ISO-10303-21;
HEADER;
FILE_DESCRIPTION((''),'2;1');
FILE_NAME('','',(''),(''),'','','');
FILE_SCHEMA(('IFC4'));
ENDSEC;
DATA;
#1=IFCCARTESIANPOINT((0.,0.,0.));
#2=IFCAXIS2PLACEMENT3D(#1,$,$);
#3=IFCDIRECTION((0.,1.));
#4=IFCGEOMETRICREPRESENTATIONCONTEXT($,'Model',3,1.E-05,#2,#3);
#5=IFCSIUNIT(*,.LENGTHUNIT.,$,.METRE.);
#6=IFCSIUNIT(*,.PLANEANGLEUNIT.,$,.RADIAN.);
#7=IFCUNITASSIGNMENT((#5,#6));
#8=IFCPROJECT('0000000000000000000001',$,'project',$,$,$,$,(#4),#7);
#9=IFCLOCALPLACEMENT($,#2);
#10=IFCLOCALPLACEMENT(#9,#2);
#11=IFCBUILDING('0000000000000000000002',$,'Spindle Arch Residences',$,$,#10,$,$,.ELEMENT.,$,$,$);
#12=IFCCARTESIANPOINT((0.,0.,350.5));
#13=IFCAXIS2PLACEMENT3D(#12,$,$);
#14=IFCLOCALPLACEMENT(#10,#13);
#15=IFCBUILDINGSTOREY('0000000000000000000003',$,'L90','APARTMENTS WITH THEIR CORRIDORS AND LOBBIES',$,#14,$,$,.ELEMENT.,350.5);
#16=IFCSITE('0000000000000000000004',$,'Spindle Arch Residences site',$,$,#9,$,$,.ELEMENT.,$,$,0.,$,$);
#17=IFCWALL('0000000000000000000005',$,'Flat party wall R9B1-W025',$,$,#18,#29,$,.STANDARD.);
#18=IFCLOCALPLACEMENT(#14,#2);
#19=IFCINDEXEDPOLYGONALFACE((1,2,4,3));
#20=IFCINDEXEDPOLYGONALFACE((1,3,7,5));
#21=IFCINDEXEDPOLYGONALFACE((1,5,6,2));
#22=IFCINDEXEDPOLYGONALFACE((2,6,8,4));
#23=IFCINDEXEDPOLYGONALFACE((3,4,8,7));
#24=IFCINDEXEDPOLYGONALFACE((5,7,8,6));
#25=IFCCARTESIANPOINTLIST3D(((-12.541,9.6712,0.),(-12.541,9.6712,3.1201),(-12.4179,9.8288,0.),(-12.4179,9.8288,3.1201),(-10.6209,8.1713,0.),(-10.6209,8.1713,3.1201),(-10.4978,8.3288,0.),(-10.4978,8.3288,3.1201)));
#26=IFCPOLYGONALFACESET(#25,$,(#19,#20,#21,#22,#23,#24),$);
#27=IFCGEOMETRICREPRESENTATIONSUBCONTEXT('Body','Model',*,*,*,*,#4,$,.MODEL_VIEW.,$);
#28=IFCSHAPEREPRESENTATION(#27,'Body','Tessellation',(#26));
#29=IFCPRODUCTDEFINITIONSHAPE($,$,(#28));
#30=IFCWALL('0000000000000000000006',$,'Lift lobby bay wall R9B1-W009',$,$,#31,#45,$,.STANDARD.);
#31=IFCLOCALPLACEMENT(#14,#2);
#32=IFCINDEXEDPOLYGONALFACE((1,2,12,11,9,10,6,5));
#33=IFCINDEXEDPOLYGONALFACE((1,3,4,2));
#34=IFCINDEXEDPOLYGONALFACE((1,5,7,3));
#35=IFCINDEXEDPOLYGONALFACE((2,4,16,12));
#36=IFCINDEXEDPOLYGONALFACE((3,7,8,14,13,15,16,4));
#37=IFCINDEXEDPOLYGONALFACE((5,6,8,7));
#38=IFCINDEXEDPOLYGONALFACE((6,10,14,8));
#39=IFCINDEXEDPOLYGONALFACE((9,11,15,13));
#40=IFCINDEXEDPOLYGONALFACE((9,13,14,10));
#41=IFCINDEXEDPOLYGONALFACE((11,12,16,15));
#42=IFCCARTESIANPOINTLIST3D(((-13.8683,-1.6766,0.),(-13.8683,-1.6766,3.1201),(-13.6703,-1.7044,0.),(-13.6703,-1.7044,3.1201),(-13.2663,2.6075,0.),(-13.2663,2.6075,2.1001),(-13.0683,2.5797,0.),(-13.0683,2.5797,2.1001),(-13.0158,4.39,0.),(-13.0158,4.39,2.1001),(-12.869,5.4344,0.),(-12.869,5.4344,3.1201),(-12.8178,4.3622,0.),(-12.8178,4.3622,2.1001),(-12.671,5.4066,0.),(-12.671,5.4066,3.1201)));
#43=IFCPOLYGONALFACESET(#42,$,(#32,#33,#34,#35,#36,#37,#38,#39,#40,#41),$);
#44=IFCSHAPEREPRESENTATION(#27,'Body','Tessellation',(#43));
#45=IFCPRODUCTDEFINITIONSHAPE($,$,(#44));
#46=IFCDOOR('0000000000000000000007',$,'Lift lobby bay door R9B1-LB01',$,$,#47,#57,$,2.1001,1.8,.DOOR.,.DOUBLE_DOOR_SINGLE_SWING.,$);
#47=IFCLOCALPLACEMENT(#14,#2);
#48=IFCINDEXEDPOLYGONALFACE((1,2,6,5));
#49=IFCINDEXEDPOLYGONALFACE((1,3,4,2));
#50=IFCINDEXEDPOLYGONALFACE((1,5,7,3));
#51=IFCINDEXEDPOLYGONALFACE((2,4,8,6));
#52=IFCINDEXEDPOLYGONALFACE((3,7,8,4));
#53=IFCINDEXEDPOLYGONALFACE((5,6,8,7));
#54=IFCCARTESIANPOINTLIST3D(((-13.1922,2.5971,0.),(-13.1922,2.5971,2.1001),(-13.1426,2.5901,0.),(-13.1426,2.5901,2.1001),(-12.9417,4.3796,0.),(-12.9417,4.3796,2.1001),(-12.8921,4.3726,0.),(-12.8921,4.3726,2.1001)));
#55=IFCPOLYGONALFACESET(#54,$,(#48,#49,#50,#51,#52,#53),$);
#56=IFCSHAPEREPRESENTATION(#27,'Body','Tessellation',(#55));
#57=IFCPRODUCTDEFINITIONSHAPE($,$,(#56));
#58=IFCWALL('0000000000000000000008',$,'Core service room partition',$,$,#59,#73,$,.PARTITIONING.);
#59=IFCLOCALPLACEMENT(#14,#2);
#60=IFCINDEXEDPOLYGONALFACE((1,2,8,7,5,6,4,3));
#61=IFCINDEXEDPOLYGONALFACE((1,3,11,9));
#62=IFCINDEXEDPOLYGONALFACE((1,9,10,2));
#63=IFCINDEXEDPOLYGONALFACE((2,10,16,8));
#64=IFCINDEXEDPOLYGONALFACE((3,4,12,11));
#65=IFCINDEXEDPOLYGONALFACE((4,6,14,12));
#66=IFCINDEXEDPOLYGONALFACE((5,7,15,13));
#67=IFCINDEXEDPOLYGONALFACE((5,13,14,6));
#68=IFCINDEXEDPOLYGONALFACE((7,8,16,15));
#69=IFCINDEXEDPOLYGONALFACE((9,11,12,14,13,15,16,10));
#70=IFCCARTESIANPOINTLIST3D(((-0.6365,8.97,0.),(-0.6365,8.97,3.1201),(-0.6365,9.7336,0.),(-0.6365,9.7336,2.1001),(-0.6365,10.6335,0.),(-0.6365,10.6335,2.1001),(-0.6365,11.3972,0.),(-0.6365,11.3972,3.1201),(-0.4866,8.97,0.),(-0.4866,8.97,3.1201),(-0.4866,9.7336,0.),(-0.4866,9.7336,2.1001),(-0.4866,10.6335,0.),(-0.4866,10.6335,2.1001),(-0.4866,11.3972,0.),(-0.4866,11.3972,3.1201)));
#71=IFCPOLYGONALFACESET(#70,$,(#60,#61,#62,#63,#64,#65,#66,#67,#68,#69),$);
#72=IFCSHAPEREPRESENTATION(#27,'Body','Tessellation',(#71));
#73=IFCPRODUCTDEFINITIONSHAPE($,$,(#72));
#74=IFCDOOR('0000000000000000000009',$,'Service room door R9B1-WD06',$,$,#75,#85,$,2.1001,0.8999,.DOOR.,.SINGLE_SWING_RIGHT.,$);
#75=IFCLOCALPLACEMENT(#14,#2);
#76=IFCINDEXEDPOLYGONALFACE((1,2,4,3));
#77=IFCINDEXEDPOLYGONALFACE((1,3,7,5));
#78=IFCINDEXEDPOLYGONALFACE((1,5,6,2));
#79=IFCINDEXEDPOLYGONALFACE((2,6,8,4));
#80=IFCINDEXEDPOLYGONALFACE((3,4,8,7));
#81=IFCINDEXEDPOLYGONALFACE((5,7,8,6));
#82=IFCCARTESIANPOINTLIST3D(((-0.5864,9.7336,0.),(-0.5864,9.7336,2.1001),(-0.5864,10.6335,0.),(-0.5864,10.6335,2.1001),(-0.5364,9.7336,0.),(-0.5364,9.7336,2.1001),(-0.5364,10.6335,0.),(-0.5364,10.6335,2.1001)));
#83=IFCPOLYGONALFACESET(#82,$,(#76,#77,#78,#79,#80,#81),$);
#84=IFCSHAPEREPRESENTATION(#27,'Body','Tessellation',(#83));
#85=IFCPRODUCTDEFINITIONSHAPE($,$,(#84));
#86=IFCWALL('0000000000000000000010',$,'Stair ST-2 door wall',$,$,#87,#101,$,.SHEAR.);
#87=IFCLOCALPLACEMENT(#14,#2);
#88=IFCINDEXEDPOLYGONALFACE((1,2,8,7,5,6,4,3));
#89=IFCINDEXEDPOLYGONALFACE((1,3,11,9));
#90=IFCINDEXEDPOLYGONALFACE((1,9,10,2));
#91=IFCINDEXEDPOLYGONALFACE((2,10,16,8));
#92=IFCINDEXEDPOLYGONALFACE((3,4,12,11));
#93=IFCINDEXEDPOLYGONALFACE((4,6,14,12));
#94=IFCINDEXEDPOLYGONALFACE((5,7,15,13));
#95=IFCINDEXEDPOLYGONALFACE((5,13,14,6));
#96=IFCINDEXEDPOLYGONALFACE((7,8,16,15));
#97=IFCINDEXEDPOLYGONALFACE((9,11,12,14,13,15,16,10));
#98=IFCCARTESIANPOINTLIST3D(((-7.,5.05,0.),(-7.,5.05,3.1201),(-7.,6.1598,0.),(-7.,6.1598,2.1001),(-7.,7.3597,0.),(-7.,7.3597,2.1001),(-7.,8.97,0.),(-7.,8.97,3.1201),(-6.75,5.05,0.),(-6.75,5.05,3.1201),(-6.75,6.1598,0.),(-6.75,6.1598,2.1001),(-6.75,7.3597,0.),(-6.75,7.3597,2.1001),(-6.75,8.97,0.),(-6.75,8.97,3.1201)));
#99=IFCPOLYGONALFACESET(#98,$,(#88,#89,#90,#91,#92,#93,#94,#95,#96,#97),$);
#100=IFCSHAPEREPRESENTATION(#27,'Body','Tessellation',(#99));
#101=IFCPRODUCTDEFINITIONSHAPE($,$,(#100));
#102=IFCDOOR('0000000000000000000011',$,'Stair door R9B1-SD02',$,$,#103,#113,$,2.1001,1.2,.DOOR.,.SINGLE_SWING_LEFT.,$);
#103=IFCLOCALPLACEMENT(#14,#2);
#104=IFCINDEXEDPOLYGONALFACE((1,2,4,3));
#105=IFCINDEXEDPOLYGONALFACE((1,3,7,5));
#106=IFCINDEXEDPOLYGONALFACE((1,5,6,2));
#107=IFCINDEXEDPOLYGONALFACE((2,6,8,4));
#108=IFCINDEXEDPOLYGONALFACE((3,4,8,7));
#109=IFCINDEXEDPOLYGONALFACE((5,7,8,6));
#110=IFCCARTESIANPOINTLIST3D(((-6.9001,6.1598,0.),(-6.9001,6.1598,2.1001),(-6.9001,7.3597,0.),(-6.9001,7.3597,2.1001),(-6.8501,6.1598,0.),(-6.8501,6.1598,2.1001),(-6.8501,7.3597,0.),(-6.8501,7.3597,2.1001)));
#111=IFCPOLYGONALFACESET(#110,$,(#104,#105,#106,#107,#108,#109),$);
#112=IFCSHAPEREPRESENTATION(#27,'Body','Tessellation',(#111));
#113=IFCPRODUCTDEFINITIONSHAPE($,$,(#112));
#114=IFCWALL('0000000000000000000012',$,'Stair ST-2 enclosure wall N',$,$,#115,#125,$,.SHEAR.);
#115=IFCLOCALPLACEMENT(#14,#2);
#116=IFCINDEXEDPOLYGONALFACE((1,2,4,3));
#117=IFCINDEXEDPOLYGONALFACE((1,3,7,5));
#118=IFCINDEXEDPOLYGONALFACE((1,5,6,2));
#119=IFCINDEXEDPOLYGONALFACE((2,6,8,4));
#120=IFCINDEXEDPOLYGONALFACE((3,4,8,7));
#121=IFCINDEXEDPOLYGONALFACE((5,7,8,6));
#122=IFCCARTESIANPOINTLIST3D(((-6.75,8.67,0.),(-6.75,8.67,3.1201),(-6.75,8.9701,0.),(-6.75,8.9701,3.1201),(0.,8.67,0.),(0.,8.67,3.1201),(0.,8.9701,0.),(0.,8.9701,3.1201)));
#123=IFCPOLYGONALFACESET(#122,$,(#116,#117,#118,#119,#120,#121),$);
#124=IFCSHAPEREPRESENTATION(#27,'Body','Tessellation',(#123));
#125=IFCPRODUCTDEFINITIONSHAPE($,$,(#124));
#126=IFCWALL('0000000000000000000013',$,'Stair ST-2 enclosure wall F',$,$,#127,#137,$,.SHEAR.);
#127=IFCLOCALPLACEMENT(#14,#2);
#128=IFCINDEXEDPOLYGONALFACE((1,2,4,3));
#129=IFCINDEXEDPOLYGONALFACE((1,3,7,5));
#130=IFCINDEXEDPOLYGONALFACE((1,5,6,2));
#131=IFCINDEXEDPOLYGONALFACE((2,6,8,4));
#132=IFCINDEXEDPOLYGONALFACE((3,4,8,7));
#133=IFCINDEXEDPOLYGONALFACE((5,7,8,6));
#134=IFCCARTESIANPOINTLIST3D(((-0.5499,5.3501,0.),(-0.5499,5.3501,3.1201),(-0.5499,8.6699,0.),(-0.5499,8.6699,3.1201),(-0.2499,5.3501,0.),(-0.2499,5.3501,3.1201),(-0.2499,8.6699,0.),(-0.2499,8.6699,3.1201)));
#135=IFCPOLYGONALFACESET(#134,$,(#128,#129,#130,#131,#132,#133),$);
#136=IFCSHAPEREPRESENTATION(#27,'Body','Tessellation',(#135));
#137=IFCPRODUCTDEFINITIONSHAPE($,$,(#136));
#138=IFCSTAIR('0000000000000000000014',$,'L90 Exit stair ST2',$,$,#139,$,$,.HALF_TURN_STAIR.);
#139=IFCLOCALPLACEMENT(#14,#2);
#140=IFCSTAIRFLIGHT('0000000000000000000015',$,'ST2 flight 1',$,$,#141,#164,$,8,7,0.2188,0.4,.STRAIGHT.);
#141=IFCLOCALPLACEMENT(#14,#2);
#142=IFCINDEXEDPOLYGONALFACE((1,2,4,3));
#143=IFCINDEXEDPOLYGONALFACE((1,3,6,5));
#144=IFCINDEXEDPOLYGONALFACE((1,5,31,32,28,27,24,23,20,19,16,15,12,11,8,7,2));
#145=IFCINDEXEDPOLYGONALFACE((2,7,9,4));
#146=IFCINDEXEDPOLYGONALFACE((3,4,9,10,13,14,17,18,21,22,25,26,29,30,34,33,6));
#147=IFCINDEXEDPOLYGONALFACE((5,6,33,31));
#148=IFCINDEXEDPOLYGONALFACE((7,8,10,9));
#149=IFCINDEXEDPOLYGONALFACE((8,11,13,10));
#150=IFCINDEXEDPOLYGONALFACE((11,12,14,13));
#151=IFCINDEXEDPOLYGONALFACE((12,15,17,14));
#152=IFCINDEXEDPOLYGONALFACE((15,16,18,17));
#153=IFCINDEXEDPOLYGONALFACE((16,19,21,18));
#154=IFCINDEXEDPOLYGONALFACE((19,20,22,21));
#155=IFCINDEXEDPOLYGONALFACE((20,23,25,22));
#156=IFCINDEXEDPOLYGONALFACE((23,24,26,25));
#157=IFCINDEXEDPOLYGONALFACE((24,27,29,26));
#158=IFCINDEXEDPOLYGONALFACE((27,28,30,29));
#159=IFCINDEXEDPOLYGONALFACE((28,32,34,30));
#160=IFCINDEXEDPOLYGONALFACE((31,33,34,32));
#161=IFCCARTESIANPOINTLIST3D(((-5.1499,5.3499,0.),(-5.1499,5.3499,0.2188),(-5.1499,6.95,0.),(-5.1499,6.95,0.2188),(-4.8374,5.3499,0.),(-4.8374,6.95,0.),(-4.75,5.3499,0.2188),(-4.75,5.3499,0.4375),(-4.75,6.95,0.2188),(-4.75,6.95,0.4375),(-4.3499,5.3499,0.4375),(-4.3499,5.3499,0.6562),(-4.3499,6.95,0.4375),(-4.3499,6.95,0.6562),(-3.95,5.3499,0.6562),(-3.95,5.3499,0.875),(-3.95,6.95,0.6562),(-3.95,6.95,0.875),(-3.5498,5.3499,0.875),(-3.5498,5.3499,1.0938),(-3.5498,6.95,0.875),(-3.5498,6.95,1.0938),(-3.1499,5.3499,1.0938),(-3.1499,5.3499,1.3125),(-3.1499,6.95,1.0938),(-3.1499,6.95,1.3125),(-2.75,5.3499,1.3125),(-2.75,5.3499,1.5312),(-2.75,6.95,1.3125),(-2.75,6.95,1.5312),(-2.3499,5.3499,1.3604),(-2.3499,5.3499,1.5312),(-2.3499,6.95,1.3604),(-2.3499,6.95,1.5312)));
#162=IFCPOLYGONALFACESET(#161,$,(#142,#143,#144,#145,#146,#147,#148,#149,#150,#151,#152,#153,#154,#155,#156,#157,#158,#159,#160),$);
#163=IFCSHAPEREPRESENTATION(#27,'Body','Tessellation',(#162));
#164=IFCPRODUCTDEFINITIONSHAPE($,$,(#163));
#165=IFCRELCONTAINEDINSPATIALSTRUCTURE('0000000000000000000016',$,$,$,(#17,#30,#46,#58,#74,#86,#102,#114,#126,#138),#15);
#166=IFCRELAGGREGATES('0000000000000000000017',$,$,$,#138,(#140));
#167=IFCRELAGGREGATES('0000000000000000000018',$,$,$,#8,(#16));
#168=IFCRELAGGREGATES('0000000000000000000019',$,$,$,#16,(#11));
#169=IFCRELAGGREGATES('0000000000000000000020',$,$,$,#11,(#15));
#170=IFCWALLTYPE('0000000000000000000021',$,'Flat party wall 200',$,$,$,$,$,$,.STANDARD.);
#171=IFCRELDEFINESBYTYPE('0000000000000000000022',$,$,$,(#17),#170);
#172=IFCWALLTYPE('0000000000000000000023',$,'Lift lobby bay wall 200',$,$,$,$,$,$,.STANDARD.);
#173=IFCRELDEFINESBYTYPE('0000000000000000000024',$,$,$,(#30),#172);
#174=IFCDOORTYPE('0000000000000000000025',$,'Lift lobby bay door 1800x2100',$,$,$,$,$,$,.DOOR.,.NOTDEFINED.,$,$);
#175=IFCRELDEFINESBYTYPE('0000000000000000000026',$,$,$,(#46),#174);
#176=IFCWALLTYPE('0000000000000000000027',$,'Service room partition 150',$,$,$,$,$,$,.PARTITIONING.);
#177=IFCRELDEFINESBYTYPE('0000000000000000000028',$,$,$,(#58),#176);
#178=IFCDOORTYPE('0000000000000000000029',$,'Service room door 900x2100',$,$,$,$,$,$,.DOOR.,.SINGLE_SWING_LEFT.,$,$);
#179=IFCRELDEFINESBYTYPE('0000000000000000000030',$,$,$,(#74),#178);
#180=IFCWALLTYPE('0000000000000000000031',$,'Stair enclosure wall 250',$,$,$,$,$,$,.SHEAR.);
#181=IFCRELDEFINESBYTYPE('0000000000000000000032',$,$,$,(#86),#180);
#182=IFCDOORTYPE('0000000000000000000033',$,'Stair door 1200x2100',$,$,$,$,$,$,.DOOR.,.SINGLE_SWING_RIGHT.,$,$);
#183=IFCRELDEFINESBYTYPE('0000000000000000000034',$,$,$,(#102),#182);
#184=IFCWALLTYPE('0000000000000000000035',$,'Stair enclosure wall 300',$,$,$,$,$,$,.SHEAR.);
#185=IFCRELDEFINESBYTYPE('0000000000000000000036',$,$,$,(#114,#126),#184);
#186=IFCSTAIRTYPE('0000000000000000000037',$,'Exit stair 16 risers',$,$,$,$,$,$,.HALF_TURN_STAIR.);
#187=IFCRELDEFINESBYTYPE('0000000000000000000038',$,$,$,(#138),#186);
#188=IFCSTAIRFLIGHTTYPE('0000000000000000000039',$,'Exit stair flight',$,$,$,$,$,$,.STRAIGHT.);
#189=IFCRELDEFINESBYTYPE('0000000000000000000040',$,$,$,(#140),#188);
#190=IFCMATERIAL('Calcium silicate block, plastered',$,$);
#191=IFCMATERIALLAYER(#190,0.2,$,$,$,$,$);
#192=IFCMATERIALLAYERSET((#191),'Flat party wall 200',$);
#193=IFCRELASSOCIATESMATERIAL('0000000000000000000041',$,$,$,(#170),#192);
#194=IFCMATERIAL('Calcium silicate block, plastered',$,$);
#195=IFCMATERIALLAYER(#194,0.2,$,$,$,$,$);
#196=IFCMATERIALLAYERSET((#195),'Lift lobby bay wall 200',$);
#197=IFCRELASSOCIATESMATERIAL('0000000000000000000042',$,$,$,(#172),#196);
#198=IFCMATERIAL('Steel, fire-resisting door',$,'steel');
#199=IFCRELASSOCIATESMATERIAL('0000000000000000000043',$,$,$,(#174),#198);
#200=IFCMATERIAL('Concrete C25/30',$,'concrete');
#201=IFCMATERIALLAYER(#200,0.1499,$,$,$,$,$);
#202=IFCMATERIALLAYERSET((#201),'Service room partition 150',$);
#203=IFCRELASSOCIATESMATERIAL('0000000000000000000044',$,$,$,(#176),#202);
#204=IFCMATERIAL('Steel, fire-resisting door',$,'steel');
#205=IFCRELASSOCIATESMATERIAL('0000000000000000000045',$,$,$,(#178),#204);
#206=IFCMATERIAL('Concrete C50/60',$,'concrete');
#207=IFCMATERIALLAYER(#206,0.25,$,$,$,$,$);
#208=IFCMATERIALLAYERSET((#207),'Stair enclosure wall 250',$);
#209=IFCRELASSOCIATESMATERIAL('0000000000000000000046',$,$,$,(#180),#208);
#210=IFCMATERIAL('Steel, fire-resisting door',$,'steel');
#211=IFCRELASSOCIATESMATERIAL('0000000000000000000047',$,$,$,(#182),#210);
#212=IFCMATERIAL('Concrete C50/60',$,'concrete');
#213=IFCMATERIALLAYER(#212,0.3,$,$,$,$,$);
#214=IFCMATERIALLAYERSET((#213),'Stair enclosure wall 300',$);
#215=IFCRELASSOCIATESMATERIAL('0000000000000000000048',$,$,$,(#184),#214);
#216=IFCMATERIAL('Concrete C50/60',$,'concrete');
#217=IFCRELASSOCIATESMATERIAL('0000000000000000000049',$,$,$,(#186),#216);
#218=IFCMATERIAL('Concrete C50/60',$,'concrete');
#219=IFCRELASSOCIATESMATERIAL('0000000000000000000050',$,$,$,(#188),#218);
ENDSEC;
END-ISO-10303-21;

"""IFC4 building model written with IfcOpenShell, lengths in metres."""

from ifc_helpers import new_model, si_unit, direction, frame, frame_2d, origin, place, context, subcontext, project, spatial, polyline, rectangle, outline, extrude, material, layer, layer_set, type_object, element, fill, aggregate, save


model = new_model("IFC4")

# Units and contexts
model_context = context("Model", 3, precision=1e-05, world=origin(), true_north=direction((0.0, 1.0)))
body_context = subcontext(model_context, "Body", "Model", "MODEL_VIEW")
ifc_project = project(units=[si_unit("LENGTHUNIT", "METRE"), si_unit("PLANEANGLEUNIT", "RADIAN")], contexts=[model_context])

# Site, building, storey
site_placement = place(None, origin())
site = spatial("IfcSite", under=ifc_project, at=site_placement, Name="Spindle Arch Residences site", CompositionType="ELEMENT", RefElevation=0.0)
building_placement = place(site_placement, origin())
building = spatial("IfcBuilding", under=site, at=building_placement, Name="Spindle Arch Residences", CompositionType="ELEMENT")
storey_placement = place(building_placement, frame((0.0, 0.0, 350.5)))
storey = spatial("IfcBuildingStorey", under=building, at=storey_placement, Name="L90", Description="APARTMENTS WITH THEIR CORRIDORS AND LOBBIES", CompositionType="ELEMENT", Elevation=350.5)

# Wall
ifc_material_1 = material(Name="Calcium silicate block, plastered")
ifc_layer_1 = layer(ifc_material_1, 0.2)
ifc_layer_set_1 = layer_set([ifc_layer_1], Name="Flat party wall 200")
wall_type_1 = type_object("IfcWallType", Name="Flat party wall 200", PredefinedType="STANDARD", material=ifc_layer_set_1)
wall_1_placement = place(storey_placement, frame((-12.4795, 9.75, 0.0), z_axis=(0.0, 0.0, 1.0), x_axis=(0.78805, -0.615611, 0.0)))
element("IfcWall", 1, at=wall_1_placement, inside=storey, type_object=wall_type_1, Name="Flat party wall R9B1-W025", PredefinedType="STANDARD", context=body_context, shape_type="SweptSolid", body=[
    extrude(rectangle(XDim=2.4365, YDim=0.2, at=frame_2d((1.2183, 0.0))), origin(), (0.0, 0.0, 1.0), 3.1201),
])

# Walls, openings, doors
ifc_material_2 = material(Name="Calcium silicate block, plastered")
ifc_layer_2 = layer(ifc_material_2, 0.2)
ifc_layer_set_2 = layer_set([ifc_layer_2], Name="Lift lobby bay wall 200")
wall_type_2 = type_object("IfcWallType", Name="Lift lobby bay wall 200", PredefinedType="STANDARD", material=ifc_layer_set_2)
wall_2_placement = place(storey_placement, frame((-12.77, 5.4204, 0.0), z_axis=(0.0, 0.0, 1.0), x_axis=(-0.139155, -0.990271, 0.0)))
wall_2 = element("IfcWall", 2, at=wall_2_placement, inside=storey, type_object=wall_type_2, Name="Lift lobby bay wall R9B1-W009", PredefinedType="STANDARD", context=body_context, shape_type="SweptSolid", body=[
    extrude(rectangle(XDim=7.1809, YDim=0.2, at=frame_2d((3.5903, 0.0))), origin(), (0.0, 0.0, 1.0), 3.1201),
])
opening_1_placement = place(wall_2_placement, frame((1.0547, 0.0, 0.0)))
opening_1 = element("IfcOpeningElement", 3, at=opening_1_placement, cuts=wall_2, PredefinedType="OPENING", context=body_context, shape_type="SweptSolid", body=[
    extrude(rectangle(XDim=1.8, YDim=2.1001, at=frame_2d((0.8999, 1.05))), frame((0.0, 0.1099, 0.0), z_axis=(0.0, -1.0, 0.0), x_axis=(1.0, 0.0, 0.0)), (0.0, 0.0, 1.0), 0.22),
])
ifc_material_3 = material(Name="Steel, fire-resisting door", Category="steel")
door_type_1 = type_object("IfcDoorType", Name="Lift lobby bay door 1800x2100", OperationType="NOTDEFINED", PredefinedType="DOOR", material=ifc_material_3)
door_1_placement = place(opening_1_placement, origin())
door_1 = element("IfcDoor", 4, at=door_1_placement, inside=storey, type_object=door_type_1, Name="Lift lobby bay door R9B1-LB01", OperationType="DOUBLE_DOOR_SINGLE_SWING", OverallHeight=2.1001, OverallWidth=1.8, PredefinedType="DOOR", context=body_context, shape_type="SweptSolid", body=[
    extrude(rectangle(XDim=1.8, YDim=2.1001, at=frame_2d((0.8999, 1.05))), frame((0.0, 0.0249, 0.0), z_axis=(0.0, -1.0, 0.0), x_axis=(1.0, 0.0, 0.0)), (0.0, 0.0, 1.0), 0.05),
])
fill(opening_1, door_1)
ifc_material_4 = material(Name="Concrete C25/30", Category="concrete")
ifc_layer_3 = layer(ifc_material_4, 0.1499)
ifc_layer_set_3 = layer_set([ifc_layer_3], Name="Service room partition 150")
wall_type_3 = type_object("IfcWallType", Name="Service room partition 150", PredefinedType="PARTITIONING", material=ifc_layer_set_3)
wall_3_placement = place(storey_placement, frame((-0.5615, 8.97, 0.0), z_axis=(0.0, 0.0, 1.0), x_axis=(0.0, 1.0, 0.0)))
wall_3 = element("IfcWall", 5, at=wall_3_placement, inside=storey, type_object=wall_type_3, Name="Core service room partition", PredefinedType="PARTITIONING", context=body_context, shape_type="SweptSolid", body=[
    extrude(rectangle(XDim=2.4272, YDim=0.1499, at=frame_2d((1.2136, 0.0))), origin(), (0.0, 0.0, 1.0), 3.1201),
])
opening_2_placement = place(wall_3_placement, frame((0.7637, 0.0, 0.0)))
opening_2 = element("IfcOpeningElement", 6, at=opening_2_placement, cuts=wall_3, PredefinedType="OPENING", context=body_context, shape_type="SweptSolid", body=[
    extrude(rectangle(XDim=0.8999, YDim=2.1001, at=frame_2d((0.45, 1.05))), frame((0.0, 0.085, 0.0), z_axis=(0.0, -1.0, 0.0), x_axis=(1.0, 0.0, 0.0)), (0.0, 0.0, 1.0), 0.1699),
])
ifc_material_5 = material(Name="Steel, fire-resisting door", Category="steel")
door_type_2 = type_object("IfcDoorType", Name="Service room door 900x2100", OperationType="SINGLE_SWING_LEFT", PredefinedType="DOOR", material=ifc_material_5)
door_2_placement = place(opening_2_placement, origin())
door_2 = element("IfcDoor", 7, at=door_2_placement, inside=storey, type_object=door_type_2, Name="Service room door R9B1-WD06", OperationType="SINGLE_SWING_RIGHT", OverallHeight=2.1001, OverallWidth=0.8999, PredefinedType="DOOR", context=body_context, shape_type="SweptSolid", body=[
    extrude(rectangle(XDim=0.8999, YDim=2.1001, at=frame_2d((0.45, 1.05))), frame((0.0, 0.0249, 0.0), z_axis=(0.0, -1.0, 0.0), x_axis=(1.0, 0.0, 0.0)), (0.0, 0.0, 1.0), 0.05),
])
fill(opening_2, door_2)
ifc_material_6 = material(Name="Concrete C50/60", Category="concrete")
ifc_layer_4 = layer(ifc_material_6, 0.25)
ifc_layer_set_4 = layer_set([ifc_layer_4], Name="Stair enclosure wall 250")
wall_type_4 = type_object("IfcWallType", Name="Stair enclosure wall 250", PredefinedType="SHEAR", material=ifc_layer_set_4)
wall_4_placement = place(storey_placement, frame((-6.875, 8.97, 0.0), z_axis=(0.0, 0.0, 1.0), x_axis=(0.0, -1.0, 0.0)))
wall_4 = element("IfcWall", 8, at=wall_4_placement, inside=storey, type_object=wall_type_4, Name="Stair ST-2 door wall", PredefinedType="SHEAR", context=body_context, shape_type="SweptSolid", body=[
    extrude(rectangle(XDim=3.9199, YDim=0.25, at=frame_2d((1.96, 0.0))), origin(), (0.0, 0.0, 1.0), 3.1201),
])
opening_3_placement = place(wall_4_placement, frame((1.6101, 0.0, 0.0)))
opening_3 = element("IfcOpeningElement", 9, at=opening_3_placement, cuts=wall_4, PredefinedType="OPENING", context=body_context, shape_type="SweptSolid", body=[
    extrude(rectangle(XDim=1.2, YDim=2.1001, at=frame_2d((0.6001, 1.05))), frame((0.0, 0.135, 0.0), z_axis=(0.0, -1.0, 0.0), x_axis=(1.0, 0.0, 0.0)), (0.0, 0.0, 1.0), 0.27),
])
ifc_material_7 = material(Name="Steel, fire-resisting door", Category="steel")
door_type_3 = type_object("IfcDoorType", Name="Stair door 1200x2100", OperationType="SINGLE_SWING_RIGHT", PredefinedType="DOOR", material=ifc_material_7)
door_3_placement = place(opening_3_placement, origin())
door_3 = element("IfcDoor", 10, at=door_3_placement, inside=storey, type_object=door_type_3, Name="Stair door R9B1-SD02", OperationType="SINGLE_SWING_LEFT", OverallHeight=2.1001, OverallWidth=1.2, PredefinedType="DOOR", context=body_context, shape_type="SweptSolid", body=[
    extrude(rectangle(XDim=1.2, YDim=2.1001, at=frame_2d((0.6001, 1.05))), frame((0.0, 0.0249, 0.0), z_axis=(0.0, -1.0, 0.0), x_axis=(1.0, 0.0, 0.0)), (0.0, 0.0, 1.0), 0.05),
])
fill(opening_3, door_3)

# Walls
ifc_material_8 = material(Name="Concrete C50/60", Category="concrete")
ifc_layer_5 = layer(ifc_material_8, 0.3)
ifc_layer_set_5 = layer_set([ifc_layer_5], Name="Stair enclosure wall 300")
wall_type_5 = type_object("IfcWallType", Name="Stair enclosure wall 300", PredefinedType="SHEAR", material=ifc_layer_set_5)
wall_5_placement = place(storey_placement, frame((-6.75, 8.8201, 0.0), z_axis=(0.0, 0.0, 1.0), x_axis=(1.0, 0.0, 0.0)))
element("IfcWall", 11, at=wall_5_placement, inside=storey, type_object=wall_type_5, Name="Stair ST-2 enclosure wall N", PredefinedType="SHEAR", context=body_context, shape_type="SweptSolid", body=[
    extrude(rectangle(XDim=6.75, YDim=0.3, at=frame_2d((3.375, 0.0))), origin(), (0.0, 0.0, 1.0), 3.1201),
])
wall_6_placement = place(storey_placement, frame((-0.3999, 5.3501, 0.0), z_axis=(0.0, 0.0, 1.0), x_axis=(0.0, 1.0, 0.0)))
element("IfcWall", 12, at=wall_6_placement, inside=storey, type_object=wall_type_5, Name="Stair ST-2 enclosure wall F", PredefinedType="SHEAR", context=body_context, shape_type="SweptSolid", body=[
    extrude(rectangle(XDim=3.3198, YDim=0.3, at=frame_2d((1.6599, 0.0))), origin(), (0.0, 0.0, 1.0), 3.1201),
])

# Stair, stair flight
ifc_material_9 = material(Name="Concrete C50/60", Category="concrete")
stair_type = type_object("IfcStairType", Name="Exit stair 16 risers", PredefinedType="HALF_TURN_STAIR", material=ifc_material_9)
stair_placement = place(storey_placement, origin())
stair = element("IfcStair", 13, at=stair_placement, inside=storey, type_object=stair_type, Name="L90 Exit stair ST2", PredefinedType="HALF_TURN_STAIR")
ifc_material_10 = material(Name="Concrete C50/60", Category="concrete")
stair_flight_type = type_object("IfcStairFlightType", Name="Exit stair flight", PredefinedType="STRAIGHT", material=ifc_material_10)
stair_flight_1_placement = place(storey_placement, frame((-5.1499, 6.1499, 0.0), z_axis=(0.0, 0.0, 1.0), x_axis=(1.0, 0.0, 0.0)))
stair_flight_1 = element("IfcStairFlight", 14, at=stair_flight_1_placement, type_object=stair_flight_type, Name="ST2 flight 1", NumberOfRisers=8, NumberOfTreads=7, PredefinedType="STRAIGHT", RiserHeight=0.2188, TreadLength=0.4, context=body_context, shape_type="SweptSolid", body=[
    extrude(outline(polyline([(0.0, 0.0), (0.0, 0.2188), (0.3999, 0.2188), (0.3999, 0.4375), (0.8, 0.4375), (0.8, 0.6562), (1.2, 0.6562), (1.2, 0.875), (1.6001, 0.875), (1.6001, 1.0938), (2.0, 1.0938), (2.0, 1.3125), (2.3999, 1.3125), (2.3999, 1.5312), (2.8, 1.5312), (2.8, 1.75), (2.8, 1.3604), (0.3125, 0.0), (0.0, 0.0)])), frame((0.0, 0.8, 0.0), z_axis=(0.0, -1.0, 0.0), x_axis=(1.0, 0.0, 0.0)), (0.0, 0.0, 1.0), 1.6001),
])
aggregate(stair, [stair_flight_1])

save(model, "model.ifc")
